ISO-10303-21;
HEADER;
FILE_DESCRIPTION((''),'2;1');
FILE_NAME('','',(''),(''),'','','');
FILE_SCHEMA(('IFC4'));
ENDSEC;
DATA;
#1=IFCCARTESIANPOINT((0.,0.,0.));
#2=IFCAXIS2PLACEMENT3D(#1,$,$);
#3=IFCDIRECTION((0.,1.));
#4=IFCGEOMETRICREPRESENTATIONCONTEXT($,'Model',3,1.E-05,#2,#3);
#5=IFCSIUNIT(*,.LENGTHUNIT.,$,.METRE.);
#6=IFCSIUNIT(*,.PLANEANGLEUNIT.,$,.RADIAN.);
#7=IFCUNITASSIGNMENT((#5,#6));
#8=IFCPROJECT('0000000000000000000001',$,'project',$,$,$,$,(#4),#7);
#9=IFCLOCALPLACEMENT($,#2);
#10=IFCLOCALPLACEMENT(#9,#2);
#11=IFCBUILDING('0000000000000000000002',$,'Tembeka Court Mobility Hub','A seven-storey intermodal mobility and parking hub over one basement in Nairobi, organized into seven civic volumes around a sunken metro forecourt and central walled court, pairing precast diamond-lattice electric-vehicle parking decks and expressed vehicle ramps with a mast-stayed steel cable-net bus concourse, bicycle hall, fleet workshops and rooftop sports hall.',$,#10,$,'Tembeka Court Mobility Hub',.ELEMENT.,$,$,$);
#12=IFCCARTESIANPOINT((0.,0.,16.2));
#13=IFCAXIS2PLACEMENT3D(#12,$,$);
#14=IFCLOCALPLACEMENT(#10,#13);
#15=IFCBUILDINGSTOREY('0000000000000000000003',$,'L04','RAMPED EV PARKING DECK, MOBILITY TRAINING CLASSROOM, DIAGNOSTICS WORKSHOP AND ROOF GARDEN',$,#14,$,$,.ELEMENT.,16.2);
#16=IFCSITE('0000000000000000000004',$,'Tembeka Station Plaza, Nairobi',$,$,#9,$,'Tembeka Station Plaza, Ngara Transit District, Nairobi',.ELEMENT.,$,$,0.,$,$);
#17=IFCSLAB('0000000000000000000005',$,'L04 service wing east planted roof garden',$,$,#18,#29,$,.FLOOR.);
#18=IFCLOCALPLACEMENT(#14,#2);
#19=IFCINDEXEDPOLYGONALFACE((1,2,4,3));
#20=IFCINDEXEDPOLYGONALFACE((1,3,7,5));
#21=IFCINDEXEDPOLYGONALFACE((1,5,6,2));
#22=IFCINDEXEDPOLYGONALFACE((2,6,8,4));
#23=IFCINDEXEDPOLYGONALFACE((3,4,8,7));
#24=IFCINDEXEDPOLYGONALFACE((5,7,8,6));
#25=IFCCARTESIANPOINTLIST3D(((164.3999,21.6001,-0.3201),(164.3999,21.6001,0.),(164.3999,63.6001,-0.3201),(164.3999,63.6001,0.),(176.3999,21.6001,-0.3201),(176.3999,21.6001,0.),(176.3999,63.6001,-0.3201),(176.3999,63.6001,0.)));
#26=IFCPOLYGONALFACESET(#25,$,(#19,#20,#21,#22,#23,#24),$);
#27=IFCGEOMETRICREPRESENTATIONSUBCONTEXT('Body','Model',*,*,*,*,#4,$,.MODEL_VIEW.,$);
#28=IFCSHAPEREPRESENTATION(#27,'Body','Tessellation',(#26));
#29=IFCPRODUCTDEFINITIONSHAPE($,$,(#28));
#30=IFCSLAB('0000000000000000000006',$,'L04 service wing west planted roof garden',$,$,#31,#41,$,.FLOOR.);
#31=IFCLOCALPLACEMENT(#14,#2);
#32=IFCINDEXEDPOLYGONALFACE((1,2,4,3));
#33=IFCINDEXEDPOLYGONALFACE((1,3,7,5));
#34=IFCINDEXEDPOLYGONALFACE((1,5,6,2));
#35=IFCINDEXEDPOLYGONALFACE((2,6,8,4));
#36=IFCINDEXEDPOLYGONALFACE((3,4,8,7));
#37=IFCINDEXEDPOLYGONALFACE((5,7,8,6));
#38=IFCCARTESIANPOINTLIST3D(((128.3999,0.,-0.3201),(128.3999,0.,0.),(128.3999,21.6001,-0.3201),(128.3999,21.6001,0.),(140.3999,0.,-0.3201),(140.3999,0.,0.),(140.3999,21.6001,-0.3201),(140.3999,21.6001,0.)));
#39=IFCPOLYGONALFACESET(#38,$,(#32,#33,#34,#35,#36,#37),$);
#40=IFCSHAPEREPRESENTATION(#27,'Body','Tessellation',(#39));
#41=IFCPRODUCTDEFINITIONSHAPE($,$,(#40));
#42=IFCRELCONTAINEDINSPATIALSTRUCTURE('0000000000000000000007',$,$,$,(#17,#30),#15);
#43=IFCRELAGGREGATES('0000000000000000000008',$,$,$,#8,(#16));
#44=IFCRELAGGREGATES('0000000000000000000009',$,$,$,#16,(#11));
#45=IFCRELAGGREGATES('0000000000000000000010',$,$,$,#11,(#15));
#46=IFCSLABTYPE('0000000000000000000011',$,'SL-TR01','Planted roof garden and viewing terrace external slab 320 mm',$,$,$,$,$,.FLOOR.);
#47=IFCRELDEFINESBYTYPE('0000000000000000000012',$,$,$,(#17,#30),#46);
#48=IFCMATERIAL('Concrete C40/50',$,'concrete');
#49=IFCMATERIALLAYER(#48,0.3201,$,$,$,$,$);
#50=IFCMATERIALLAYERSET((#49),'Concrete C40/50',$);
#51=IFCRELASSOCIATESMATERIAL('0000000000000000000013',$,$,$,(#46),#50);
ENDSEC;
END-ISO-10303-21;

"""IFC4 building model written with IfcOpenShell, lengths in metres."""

from ifc_helpers import new_model, si_unit, direction, frame, origin, place, context, subcontext, project, spatial, polyline, outline, extrude, material, layer, layer_set, type_object, element, save


model = new_model("IFC4")

# Units and contexts
model_context = context("Model", 3, precision=1e-05, world=origin(), true_north=direction((0.0, 1.0)))
body_context = subcontext(model_context, "Body", "Model", "MODEL_VIEW")
ifc_project = project(units=[si_unit("LENGTHUNIT", "METRE"), si_unit("PLANEANGLEUNIT", "RADIAN")], contexts=[model_context])

# Site, building, storey
site_placement = place(None, origin())
site = spatial("IfcSite", under=ifc_project, at=site_placement, Name="Tembeka Station Plaza, Nairobi", LongName="Tembeka Station Plaza, Ngara Transit District, Nairobi", CompositionType="ELEMENT", RefElevation=0.0)
building_placement = place(site_placement, origin())
building = spatial("IfcBuilding", under=site, at=building_placement, Name="Tembeka Court Mobility Hub", Description="A seven-storey intermodal mobility and parking hub over one basement in Nairobi, organized into seven civic volumes around a sunken metro forecourt and central walled court, pairing precast diamond-lattice electric-vehicle parking decks and expressed vehicle ramps with a mast-stayed steel cable-net bus concourse, bicycle hall, fleet workshops and rooftop sports hall.", LongName="Tembeka Court Mobility Hub", CompositionType="ELEMENT")
storey_placement = place(building_placement, frame((0.0, 0.0, 16.2)))
storey = spatial("IfcBuildingStorey", under=building, at=storey_placement, Name="L04", Description="RAMPED EV PARKING DECK, MOBILITY TRAINING CLASSROOM, DIAGNOSTICS WORKSHOP AND ROOF GARDEN", CompositionType="ELEMENT", Elevation=16.2)

# Shared definitions
ifc_material_1 = material(Name="Concrete C40/50", Category="concrete")

# Slabs
ifc_layer_1 = layer(ifc_material_1, 0.3201)
ifc_layer_set_1 = layer_set([ifc_layer_1], Name="Concrete C40/50")
slab_type_1 = type_object("IfcSlabType", Name="SL-TR01", Description="Planted roof garden and viewing terrace external slab 320 mm", PredefinedType="FLOOR", material=ifc_layer_set_1)
slab_1_placement = place(storey_placement, frame((0.0, 0.0, -0.3201)))
element("IfcSlab", 1, at=slab_1_placement, inside=storey, type_object=slab_type_1, Name="L04 service wing east planted roof garden", PredefinedType="FLOOR", context=body_context, shape_type="SweptSolid", body=[
    extrude(outline(polyline([(164.3999, 21.6001), (176.3999, 21.6001), (176.3999, 63.6001), (164.3999, 63.6001), (164.3999, 21.6001)])), origin(), (0.0, 0.0, 1.0), 0.3201),
])
slab_2_placement = place(storey_placement, frame((0.0, 0.0, -0.3201)))
element("IfcSlab", 2, at=slab_2_placement, inside=storey, type_object=slab_type_1, Name="L04 service wing west planted roof garden", PredefinedType="FLOOR", context=body_context, shape_type="SweptSolid", body=[
    extrude(outline(polyline([(128.3999, 0.0), (140.3999, 0.0), (140.3999, 21.6001), (128.3999, 21.6001), (128.3999, 0.0)])), origin(), (0.0, 0.0, 1.0), 0.3201),
])

save(model, "model.ifc")
